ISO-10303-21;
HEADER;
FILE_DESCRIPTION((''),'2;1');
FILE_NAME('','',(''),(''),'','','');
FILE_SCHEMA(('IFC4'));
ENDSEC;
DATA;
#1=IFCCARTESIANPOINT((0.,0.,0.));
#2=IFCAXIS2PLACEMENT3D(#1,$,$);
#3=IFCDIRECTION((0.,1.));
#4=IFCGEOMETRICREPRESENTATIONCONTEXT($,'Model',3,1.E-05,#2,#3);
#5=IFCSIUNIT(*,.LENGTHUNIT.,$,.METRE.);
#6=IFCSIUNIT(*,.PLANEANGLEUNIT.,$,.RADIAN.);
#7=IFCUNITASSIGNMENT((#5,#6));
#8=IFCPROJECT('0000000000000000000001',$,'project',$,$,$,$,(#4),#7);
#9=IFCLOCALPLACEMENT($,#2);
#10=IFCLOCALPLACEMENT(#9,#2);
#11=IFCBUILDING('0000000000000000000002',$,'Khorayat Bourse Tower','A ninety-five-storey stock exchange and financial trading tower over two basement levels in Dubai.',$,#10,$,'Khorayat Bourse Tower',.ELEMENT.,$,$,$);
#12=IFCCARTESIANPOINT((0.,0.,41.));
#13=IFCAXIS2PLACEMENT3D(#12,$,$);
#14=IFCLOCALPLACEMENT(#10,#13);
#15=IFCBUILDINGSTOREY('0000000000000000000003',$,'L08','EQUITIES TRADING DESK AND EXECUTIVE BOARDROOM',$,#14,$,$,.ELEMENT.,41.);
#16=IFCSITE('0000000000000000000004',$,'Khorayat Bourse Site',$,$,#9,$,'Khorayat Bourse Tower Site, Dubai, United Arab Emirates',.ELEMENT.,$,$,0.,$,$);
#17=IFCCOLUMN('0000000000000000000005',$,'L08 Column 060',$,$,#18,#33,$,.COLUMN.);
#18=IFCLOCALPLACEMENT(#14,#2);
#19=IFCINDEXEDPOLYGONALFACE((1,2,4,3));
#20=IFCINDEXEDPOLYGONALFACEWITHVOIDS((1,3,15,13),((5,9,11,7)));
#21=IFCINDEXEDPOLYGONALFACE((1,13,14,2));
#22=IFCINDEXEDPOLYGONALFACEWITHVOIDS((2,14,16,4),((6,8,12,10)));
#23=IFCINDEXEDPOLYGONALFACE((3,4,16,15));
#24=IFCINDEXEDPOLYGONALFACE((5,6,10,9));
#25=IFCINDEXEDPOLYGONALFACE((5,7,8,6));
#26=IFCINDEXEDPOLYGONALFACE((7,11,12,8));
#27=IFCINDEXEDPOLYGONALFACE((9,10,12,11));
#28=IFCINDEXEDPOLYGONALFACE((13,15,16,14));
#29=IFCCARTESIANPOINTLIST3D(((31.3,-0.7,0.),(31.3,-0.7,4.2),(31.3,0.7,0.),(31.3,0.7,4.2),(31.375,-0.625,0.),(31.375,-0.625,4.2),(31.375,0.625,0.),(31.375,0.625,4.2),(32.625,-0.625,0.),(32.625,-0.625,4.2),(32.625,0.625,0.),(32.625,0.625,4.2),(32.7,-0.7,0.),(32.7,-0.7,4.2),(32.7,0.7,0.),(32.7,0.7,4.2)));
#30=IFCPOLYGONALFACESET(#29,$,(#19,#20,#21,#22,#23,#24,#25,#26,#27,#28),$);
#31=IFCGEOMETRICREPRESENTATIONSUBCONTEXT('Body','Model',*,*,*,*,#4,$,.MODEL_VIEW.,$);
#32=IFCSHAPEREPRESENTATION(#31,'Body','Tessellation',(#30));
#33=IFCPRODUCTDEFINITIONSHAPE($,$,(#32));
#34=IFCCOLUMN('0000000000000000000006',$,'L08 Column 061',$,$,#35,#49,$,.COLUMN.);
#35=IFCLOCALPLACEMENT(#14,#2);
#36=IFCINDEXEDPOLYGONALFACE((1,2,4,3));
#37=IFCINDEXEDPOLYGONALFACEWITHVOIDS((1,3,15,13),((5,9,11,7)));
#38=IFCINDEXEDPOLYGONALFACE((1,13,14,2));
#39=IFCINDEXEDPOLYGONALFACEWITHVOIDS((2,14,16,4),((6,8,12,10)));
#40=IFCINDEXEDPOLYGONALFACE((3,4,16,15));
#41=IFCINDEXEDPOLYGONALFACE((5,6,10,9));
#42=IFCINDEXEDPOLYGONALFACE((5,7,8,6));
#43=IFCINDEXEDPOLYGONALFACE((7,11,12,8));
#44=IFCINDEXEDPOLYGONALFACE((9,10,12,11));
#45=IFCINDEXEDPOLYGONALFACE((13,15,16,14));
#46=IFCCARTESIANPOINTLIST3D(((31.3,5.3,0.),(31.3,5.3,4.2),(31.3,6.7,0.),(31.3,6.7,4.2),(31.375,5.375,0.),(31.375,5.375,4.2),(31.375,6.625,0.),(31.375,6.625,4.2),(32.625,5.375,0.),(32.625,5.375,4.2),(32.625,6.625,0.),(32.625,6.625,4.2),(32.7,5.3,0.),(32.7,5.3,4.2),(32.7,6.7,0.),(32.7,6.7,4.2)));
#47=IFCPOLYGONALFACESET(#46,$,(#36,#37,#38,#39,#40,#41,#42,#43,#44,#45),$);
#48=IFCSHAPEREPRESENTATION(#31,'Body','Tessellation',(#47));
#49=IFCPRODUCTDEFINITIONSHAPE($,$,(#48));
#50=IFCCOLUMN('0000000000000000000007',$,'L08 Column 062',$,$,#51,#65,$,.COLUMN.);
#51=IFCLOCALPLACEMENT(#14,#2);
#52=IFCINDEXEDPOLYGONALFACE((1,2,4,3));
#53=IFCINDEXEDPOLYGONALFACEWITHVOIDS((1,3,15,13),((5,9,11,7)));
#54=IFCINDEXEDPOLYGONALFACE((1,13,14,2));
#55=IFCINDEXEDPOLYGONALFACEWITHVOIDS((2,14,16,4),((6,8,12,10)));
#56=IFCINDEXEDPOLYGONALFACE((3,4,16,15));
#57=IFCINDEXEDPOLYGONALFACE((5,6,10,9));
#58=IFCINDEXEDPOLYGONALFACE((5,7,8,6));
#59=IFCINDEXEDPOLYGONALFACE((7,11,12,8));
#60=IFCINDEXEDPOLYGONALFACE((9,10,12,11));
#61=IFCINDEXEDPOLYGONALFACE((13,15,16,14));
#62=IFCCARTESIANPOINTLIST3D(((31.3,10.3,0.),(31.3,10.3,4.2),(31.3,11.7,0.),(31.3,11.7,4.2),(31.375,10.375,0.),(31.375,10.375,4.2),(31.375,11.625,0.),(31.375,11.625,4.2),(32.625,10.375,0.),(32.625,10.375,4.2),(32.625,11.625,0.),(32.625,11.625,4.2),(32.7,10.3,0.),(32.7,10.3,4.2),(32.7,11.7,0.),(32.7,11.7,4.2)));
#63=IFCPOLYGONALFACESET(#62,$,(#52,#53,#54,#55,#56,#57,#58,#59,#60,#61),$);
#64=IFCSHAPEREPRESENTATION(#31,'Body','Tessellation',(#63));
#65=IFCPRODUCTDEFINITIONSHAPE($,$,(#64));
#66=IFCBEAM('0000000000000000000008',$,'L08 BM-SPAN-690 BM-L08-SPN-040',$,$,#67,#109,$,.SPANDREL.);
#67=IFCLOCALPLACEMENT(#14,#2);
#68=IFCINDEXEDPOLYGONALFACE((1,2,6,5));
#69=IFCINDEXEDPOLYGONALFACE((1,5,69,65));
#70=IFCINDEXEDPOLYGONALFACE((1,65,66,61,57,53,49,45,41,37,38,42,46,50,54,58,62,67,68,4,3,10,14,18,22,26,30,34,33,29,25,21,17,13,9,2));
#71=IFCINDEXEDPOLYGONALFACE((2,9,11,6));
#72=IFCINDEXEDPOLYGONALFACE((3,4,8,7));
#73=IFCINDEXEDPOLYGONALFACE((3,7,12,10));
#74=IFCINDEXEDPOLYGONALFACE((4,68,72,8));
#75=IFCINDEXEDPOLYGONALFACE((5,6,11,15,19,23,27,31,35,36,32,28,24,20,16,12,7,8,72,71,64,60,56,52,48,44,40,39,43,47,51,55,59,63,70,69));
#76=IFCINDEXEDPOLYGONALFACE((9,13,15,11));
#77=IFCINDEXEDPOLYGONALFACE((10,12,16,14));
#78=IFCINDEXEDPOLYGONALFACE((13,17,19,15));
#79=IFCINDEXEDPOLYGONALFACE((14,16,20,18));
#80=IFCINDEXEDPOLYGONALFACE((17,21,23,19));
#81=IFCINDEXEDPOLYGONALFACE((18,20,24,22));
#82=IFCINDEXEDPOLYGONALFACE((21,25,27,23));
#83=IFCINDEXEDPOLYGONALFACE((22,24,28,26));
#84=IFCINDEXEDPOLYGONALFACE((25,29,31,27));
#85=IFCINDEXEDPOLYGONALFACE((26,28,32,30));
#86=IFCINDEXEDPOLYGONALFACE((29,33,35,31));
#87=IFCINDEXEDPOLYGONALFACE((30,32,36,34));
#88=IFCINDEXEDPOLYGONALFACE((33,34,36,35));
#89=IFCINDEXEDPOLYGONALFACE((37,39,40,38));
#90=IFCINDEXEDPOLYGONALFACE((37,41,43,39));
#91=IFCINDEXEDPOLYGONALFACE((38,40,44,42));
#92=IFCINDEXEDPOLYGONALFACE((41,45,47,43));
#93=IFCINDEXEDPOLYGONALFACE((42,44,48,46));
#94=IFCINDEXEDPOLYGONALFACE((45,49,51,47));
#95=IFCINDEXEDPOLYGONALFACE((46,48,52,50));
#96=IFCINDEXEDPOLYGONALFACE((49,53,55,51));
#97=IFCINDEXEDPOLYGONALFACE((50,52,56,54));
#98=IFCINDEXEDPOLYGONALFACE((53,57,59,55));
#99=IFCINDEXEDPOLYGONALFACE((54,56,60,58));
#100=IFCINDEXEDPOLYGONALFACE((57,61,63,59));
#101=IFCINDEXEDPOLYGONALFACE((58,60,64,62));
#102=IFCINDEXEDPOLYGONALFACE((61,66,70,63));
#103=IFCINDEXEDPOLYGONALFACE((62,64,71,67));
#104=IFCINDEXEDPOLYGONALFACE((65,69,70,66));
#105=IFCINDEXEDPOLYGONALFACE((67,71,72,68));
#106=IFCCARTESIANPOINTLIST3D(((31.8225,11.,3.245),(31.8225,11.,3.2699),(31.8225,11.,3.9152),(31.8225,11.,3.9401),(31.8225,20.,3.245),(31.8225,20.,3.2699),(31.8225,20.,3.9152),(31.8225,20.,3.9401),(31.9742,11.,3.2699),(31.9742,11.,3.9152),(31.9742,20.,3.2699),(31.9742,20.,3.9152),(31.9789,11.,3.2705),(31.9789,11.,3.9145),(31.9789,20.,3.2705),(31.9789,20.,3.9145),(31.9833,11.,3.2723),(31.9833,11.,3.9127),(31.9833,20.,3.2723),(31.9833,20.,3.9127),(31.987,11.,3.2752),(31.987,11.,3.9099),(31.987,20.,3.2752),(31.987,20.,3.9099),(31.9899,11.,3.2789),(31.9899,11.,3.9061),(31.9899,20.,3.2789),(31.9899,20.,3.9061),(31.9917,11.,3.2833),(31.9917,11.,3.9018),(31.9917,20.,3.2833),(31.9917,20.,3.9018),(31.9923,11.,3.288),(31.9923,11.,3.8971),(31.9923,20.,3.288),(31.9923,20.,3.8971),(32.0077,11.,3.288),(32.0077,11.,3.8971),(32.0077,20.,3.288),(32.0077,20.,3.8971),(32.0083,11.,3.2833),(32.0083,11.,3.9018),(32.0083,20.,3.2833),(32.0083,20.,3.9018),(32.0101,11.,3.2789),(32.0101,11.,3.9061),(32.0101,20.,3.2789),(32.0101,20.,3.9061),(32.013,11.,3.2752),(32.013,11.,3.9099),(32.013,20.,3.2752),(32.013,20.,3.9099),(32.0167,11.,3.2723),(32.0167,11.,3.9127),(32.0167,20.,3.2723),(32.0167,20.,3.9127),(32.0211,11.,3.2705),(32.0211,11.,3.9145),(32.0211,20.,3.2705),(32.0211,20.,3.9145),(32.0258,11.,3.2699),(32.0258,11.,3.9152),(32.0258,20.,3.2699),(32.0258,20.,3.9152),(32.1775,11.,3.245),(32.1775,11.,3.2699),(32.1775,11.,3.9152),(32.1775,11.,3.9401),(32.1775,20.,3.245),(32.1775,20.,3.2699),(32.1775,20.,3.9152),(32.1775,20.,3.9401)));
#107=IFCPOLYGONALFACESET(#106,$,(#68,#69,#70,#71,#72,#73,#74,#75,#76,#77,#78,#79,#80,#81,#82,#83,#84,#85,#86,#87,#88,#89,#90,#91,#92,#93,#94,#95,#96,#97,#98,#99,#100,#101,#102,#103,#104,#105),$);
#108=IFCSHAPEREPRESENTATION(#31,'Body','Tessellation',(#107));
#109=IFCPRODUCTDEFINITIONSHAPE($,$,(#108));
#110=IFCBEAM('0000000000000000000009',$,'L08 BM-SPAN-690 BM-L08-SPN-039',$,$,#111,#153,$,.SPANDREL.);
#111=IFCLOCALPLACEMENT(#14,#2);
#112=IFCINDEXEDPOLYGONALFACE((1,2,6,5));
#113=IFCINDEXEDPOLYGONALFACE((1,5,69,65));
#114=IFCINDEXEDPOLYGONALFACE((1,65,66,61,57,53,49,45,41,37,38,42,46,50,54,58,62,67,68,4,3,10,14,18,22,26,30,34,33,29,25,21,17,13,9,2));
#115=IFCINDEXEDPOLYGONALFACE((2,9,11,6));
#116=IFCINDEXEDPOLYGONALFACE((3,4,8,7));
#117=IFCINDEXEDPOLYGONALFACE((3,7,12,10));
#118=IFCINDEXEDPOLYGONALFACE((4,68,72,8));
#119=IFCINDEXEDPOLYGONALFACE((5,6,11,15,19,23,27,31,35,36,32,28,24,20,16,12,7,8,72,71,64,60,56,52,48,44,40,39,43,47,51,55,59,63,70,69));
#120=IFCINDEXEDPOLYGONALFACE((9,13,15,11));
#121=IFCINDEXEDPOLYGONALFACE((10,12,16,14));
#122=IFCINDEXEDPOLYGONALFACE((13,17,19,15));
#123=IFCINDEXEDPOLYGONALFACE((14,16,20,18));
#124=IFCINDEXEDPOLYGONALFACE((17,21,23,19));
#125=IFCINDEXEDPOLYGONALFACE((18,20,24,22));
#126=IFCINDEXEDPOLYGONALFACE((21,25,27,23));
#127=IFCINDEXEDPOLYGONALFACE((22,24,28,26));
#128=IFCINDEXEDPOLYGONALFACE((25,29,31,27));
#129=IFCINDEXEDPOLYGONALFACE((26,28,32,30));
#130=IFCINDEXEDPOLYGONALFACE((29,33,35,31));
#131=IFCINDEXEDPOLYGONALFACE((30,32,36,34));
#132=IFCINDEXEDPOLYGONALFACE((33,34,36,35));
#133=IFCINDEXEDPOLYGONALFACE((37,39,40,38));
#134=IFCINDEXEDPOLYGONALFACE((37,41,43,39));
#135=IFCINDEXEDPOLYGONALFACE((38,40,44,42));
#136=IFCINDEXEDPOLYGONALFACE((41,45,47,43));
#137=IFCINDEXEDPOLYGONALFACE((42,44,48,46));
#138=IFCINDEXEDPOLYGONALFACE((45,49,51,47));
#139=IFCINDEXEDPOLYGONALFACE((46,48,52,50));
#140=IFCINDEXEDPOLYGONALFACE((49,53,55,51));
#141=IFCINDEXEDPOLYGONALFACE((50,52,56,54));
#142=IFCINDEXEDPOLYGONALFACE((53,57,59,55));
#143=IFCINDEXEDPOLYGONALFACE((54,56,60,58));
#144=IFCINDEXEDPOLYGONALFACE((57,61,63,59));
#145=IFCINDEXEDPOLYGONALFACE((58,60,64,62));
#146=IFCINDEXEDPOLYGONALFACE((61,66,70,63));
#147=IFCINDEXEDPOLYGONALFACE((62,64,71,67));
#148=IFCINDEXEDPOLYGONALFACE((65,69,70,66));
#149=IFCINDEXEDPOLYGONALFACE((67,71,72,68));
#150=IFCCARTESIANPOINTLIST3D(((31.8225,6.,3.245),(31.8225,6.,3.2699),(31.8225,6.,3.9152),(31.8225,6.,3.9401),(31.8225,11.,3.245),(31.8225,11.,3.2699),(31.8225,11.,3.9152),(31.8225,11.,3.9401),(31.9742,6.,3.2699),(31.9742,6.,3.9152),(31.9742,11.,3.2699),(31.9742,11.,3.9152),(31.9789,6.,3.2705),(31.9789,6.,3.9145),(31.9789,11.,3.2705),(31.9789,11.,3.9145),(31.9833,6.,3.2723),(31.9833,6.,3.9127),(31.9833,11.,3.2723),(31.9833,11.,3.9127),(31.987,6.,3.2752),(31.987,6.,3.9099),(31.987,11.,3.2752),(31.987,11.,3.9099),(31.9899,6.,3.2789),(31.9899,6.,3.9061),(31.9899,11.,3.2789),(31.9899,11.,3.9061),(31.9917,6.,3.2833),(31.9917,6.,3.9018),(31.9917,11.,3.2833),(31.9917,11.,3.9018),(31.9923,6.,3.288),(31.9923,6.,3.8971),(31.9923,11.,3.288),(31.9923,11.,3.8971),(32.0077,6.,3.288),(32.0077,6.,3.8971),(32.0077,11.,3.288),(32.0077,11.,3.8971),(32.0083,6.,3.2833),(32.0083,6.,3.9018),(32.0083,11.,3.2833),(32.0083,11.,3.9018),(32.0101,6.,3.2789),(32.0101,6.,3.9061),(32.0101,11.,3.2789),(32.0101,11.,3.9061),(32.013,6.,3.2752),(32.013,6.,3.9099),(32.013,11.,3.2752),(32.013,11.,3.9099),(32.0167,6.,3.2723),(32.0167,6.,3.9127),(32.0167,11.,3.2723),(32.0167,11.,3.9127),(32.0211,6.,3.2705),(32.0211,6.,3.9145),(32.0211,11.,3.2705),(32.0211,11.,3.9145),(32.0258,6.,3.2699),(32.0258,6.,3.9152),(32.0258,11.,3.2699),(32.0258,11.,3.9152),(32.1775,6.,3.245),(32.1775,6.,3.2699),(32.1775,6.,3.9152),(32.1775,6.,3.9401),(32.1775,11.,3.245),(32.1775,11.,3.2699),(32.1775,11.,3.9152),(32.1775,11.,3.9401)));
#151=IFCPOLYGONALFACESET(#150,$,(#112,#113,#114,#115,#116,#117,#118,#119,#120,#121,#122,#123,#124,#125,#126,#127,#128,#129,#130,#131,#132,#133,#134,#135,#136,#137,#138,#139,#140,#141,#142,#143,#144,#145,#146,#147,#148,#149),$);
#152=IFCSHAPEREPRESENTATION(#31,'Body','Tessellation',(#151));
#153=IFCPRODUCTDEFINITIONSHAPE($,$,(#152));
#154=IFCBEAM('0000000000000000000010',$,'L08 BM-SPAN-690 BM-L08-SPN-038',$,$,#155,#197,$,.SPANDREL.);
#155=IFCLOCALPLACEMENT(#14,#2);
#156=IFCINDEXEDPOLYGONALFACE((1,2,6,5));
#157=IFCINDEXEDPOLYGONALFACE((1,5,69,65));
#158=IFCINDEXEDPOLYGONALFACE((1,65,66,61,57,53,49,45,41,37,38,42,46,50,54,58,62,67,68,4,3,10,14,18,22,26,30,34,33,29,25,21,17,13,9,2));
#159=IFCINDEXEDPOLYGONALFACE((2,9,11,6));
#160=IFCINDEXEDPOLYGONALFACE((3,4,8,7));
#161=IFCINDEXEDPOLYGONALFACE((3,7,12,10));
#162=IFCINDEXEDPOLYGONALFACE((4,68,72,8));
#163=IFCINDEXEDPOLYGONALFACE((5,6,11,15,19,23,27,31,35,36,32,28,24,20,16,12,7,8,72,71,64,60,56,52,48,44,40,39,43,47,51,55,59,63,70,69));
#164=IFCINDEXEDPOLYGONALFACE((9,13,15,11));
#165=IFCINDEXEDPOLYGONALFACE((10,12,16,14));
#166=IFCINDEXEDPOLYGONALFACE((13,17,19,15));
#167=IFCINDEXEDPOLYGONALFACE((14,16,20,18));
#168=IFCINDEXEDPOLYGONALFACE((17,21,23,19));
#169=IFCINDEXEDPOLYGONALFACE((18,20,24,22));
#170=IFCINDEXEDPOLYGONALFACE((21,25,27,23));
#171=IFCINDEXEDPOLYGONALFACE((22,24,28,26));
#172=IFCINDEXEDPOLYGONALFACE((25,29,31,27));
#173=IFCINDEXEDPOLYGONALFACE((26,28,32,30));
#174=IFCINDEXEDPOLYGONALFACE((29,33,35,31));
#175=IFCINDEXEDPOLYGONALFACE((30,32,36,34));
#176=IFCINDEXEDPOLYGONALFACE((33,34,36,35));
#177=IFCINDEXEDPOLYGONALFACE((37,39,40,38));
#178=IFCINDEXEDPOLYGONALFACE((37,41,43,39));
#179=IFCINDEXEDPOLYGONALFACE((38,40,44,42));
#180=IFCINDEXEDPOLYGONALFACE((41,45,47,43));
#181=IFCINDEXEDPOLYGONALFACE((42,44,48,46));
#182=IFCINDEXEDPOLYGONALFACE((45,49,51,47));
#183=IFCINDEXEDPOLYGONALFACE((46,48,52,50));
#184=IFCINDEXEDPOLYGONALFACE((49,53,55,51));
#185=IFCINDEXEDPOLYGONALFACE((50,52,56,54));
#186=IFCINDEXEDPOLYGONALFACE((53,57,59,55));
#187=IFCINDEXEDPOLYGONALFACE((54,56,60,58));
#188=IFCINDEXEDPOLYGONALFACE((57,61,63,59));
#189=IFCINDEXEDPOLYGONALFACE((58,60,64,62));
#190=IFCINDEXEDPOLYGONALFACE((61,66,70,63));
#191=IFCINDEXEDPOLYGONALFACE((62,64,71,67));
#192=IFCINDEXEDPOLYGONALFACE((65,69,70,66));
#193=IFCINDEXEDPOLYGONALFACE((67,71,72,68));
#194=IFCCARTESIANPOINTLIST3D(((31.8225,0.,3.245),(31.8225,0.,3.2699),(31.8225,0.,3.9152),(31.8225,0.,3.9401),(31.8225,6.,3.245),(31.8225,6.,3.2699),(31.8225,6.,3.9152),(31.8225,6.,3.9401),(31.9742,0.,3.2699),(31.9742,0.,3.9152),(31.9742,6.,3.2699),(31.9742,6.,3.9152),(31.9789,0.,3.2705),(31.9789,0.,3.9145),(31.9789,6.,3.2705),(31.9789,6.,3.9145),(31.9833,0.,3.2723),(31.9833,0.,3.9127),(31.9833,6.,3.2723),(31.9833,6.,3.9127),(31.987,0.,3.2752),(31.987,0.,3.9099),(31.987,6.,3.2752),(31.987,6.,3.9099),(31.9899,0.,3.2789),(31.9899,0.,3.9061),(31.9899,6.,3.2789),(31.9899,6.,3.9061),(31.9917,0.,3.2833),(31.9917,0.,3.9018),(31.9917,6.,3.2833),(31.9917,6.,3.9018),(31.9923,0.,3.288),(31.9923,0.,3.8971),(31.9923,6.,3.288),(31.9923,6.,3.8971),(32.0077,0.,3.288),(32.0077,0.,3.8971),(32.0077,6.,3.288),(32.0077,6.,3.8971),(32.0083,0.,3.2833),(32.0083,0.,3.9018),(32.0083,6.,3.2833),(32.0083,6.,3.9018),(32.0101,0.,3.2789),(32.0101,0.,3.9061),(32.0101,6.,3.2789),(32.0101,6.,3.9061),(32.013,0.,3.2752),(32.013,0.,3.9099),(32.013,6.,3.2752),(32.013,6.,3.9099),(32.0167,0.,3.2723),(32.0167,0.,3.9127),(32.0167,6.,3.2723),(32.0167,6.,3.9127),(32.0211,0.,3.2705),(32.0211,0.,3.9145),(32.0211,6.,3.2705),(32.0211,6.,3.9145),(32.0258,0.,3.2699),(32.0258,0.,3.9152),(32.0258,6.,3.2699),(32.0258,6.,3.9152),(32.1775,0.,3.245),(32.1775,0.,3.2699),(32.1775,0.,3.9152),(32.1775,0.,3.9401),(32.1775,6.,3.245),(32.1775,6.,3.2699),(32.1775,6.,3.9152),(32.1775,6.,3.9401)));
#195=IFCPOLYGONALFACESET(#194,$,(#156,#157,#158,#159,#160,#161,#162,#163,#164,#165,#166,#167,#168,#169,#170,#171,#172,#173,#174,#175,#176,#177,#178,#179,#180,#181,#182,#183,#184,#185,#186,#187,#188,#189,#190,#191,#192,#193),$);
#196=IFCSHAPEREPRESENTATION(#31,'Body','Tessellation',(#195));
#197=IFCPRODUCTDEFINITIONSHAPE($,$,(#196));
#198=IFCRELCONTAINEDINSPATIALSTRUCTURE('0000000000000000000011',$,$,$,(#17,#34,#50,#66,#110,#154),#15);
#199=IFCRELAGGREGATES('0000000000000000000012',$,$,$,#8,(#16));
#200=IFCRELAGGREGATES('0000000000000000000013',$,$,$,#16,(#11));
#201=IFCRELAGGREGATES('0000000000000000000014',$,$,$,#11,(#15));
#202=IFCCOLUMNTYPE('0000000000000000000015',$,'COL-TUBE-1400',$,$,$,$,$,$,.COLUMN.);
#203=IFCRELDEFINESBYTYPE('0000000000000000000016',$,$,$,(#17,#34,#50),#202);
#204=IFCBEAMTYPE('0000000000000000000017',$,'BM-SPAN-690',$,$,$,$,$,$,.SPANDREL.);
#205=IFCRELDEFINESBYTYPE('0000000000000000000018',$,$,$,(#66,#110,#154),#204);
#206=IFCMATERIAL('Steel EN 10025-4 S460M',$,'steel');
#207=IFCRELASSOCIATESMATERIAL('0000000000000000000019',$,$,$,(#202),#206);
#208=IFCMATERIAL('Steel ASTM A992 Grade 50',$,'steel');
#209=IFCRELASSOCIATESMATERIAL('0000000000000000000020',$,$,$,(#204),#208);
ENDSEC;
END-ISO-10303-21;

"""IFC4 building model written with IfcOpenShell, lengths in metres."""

from ifc_helpers import new_model, si_unit, direction, frame, origin, origin_2d, place, context, subcontext, project, spatial, hollow_rectangle, i_section, extrude, source, transform, mapped, material, material_profile, profile_set, type_object, element, save


model = new_model("IFC4")

# Units and contexts
model_context = context("Model", 3, precision=1e-05, world=origin(), true_north=direction((0.0, 1.0)))
body_context = subcontext(model_context, "Body", "Model", "MODEL_VIEW")
ifc_project = project(units=[si_unit("LENGTHUNIT", "METRE"), si_unit("PLANEANGLEUNIT", "RADIAN")], contexts=[model_context])

# Site, building, storey
site_placement = place(None, origin())
site = spatial("IfcSite", under=ifc_project, at=site_placement, Name="Khorayat Bourse Site", LongName="Khorayat Bourse Tower Site, Dubai, United Arab Emirates", CompositionType="ELEMENT", RefElevation=0.0)
building_placement = place(site_placement, origin())
building = spatial("IfcBuilding", under=site, at=building_placement, Name="Khorayat Bourse Tower", Description="A ninety-five-storey stock exchange and financial trading tower over two basement levels in Dubai.", LongName="Khorayat Bourse Tower", CompositionType="ELEMENT")
storey_placement = place(building_placement, frame((0.0, 0.0, 41.0)))
storey = spatial("IfcBuildingStorey", under=building, at=storey_placement, Name="L08", Description="EQUITIES TRADING DESK AND EXECUTIVE BOARDROOM", CompositionType="ELEMENT", Elevation=41.0)

# Columns
ifc_material_1 = material(Name="Steel EN 10025-4 S460M", Category="steel")
ifc_material_profile_1 = material_profile(ifc_material_1, hollow_rectangle(XDim=1.3999, YDim=1.3999, WallThickness=0.075, at=origin_2d()), Name="BOX 1400x1400x75")
ifc_profile_set_1 = profile_set([ifc_material_profile_1], Name="Steel EN 10025-4 S460M")
column_type = type_object("IfcColumnType", Name="COL-TUBE-1400", PredefinedType="COLUMN", material=ifc_profile_set_1)
shared_shape_1 = source(origin(), body_context, "Body", "SweptSolid", [
    extrude(hollow_rectangle(XDim=1.3999, YDim=1.3999, WallThickness=0.075, at=origin_2d()), origin(), (0.0, 0.0, 1.0), 4.2),
])
for number, where, z_axis, x_axis, name in (
    (1, (32.0, 0.0, 0.0), (0.0, 0.0, 1.0), (1.0, 0.0, 0.0), "L08 Column 060"),
    (2, (32.0, 6.0, 0.0), (0.0, 0.0, 1.0), (1.0, 0.0, 0.0), "L08 Column 061"),
    (3, (32.0, 11.0, 0.0), (0.0, 0.0, 1.0), (1.0, 0.0, 0.0), "L08 Column 062"),
):
    element("IfcColumn", number, at=place(storey_placement, frame(where, z_axis=z_axis, x_axis=x_axis)), inside=storey, type_object=column_type, Name=name, PredefinedType="COLUMN", context=body_context, shape_type="MappedRepresentation", body=[
        mapped(shared_shape_1, transform((0.0, 0.0, 0.0), scale=1.0)),
    ])

# Beams
ifc_material_2 = material(Name="Steel ASTM A992 Grade 50", Category="steel")
ifc_material_profile_2 = material_profile(ifc_material_2, i_section(OverallWidth=0.355, OverallDepth=0.6951, WebThickness=0.0154, FlangeThickness=0.0249, FilletRadius=0.0181, at=origin_2d()), Name="W690X217")
ifc_profile_set_2 = profile_set([ifc_material_profile_2], Name="Steel ASTM A992 Grade 50")
beam_type_1 = type_object("IfcBeamType", Name="BM-SPAN-690", PredefinedType="SPANDREL", material=ifc_profile_set_2)
shared_shape_2 = source(origin(), body_context, "Body", "SweptSolid", [
    extrude(i_section(OverallWidth=0.355, OverallDepth=0.6951, WebThickness=0.0154, FlangeThickness=0.0249, FilletRadius=0.0181, at=origin_2d()), origin(), (0.0, 0.0, 1.0), 9.0),
])
beam_1_placement = place(storey_placement, frame((32.0, 11.0, 3.5925), z_axis=(0.0, 1.0, 0.0), x_axis=(-1.0, 0.0, 0.0)))
element("IfcBeam", 4, at=beam_1_placement, inside=storey, type_object=beam_type_1, Name="L08 BM-SPAN-690 BM-L08-SPN-040", PredefinedType="SPANDREL", context=body_context, shape_type="MappedRepresentation", body=[
    mapped(shared_shape_2, transform((0.0, 0.0, 0.0), scale=1.0)),
])
shared_shape_3 = source(origin(), body_context, "Body", "SweptSolid", [
    extrude(i_section(OverallWidth=0.355, OverallDepth=0.6951, WebThickness=0.0154, FlangeThickness=0.0249, FilletRadius=0.0181, at=origin_2d()), origin(), (0.0, 0.0, 1.0), 5.0),
])
beam_2_placement = place(storey_placement, frame((32.0, 6.0, 3.5925), z_axis=(0.0, 1.0, 0.0), x_axis=(-1.0, 0.0, 0.0)))
element("IfcBeam", 5, at=beam_2_placement, inside=storey, type_object=beam_type_1, Name="L08 BM-SPAN-690 BM-L08-SPN-039", PredefinedType="SPANDREL", context=body_context, shape_type="MappedRepresentation", body=[
    mapped(shared_shape_3, transform((0.0, 0.0, 0.0), scale=1.0)),
])
shared_shape_4 = source(origin(), body_context, "Body", "SweptSolid", [
    extrude(i_section(OverallWidth=0.355, OverallDepth=0.6951, WebThickness=0.0154, FlangeThickness=0.0249, FilletRadius=0.0181, at=origin_2d()), origin(), (0.0, 0.0, 1.0), 6.0),
])
beam_3_placement = place(storey_placement, frame((32.0, 0.0, 3.5925), z_axis=(0.0, 1.0, 0.0), x_axis=(-1.0, 0.0, 0.0)))
element("IfcBeam", 6, at=beam_3_placement, inside=storey, type_object=beam_type_1, Name="L08 BM-SPAN-690 BM-L08-SPN-038", PredefinedType="SPANDREL", context=body_context, shape_type="MappedRepresentation", body=[
    mapped(shared_shape_4, transform((0.0, 0.0, 0.0), scale=1.0)),
])

save(model, "model.ifc")
